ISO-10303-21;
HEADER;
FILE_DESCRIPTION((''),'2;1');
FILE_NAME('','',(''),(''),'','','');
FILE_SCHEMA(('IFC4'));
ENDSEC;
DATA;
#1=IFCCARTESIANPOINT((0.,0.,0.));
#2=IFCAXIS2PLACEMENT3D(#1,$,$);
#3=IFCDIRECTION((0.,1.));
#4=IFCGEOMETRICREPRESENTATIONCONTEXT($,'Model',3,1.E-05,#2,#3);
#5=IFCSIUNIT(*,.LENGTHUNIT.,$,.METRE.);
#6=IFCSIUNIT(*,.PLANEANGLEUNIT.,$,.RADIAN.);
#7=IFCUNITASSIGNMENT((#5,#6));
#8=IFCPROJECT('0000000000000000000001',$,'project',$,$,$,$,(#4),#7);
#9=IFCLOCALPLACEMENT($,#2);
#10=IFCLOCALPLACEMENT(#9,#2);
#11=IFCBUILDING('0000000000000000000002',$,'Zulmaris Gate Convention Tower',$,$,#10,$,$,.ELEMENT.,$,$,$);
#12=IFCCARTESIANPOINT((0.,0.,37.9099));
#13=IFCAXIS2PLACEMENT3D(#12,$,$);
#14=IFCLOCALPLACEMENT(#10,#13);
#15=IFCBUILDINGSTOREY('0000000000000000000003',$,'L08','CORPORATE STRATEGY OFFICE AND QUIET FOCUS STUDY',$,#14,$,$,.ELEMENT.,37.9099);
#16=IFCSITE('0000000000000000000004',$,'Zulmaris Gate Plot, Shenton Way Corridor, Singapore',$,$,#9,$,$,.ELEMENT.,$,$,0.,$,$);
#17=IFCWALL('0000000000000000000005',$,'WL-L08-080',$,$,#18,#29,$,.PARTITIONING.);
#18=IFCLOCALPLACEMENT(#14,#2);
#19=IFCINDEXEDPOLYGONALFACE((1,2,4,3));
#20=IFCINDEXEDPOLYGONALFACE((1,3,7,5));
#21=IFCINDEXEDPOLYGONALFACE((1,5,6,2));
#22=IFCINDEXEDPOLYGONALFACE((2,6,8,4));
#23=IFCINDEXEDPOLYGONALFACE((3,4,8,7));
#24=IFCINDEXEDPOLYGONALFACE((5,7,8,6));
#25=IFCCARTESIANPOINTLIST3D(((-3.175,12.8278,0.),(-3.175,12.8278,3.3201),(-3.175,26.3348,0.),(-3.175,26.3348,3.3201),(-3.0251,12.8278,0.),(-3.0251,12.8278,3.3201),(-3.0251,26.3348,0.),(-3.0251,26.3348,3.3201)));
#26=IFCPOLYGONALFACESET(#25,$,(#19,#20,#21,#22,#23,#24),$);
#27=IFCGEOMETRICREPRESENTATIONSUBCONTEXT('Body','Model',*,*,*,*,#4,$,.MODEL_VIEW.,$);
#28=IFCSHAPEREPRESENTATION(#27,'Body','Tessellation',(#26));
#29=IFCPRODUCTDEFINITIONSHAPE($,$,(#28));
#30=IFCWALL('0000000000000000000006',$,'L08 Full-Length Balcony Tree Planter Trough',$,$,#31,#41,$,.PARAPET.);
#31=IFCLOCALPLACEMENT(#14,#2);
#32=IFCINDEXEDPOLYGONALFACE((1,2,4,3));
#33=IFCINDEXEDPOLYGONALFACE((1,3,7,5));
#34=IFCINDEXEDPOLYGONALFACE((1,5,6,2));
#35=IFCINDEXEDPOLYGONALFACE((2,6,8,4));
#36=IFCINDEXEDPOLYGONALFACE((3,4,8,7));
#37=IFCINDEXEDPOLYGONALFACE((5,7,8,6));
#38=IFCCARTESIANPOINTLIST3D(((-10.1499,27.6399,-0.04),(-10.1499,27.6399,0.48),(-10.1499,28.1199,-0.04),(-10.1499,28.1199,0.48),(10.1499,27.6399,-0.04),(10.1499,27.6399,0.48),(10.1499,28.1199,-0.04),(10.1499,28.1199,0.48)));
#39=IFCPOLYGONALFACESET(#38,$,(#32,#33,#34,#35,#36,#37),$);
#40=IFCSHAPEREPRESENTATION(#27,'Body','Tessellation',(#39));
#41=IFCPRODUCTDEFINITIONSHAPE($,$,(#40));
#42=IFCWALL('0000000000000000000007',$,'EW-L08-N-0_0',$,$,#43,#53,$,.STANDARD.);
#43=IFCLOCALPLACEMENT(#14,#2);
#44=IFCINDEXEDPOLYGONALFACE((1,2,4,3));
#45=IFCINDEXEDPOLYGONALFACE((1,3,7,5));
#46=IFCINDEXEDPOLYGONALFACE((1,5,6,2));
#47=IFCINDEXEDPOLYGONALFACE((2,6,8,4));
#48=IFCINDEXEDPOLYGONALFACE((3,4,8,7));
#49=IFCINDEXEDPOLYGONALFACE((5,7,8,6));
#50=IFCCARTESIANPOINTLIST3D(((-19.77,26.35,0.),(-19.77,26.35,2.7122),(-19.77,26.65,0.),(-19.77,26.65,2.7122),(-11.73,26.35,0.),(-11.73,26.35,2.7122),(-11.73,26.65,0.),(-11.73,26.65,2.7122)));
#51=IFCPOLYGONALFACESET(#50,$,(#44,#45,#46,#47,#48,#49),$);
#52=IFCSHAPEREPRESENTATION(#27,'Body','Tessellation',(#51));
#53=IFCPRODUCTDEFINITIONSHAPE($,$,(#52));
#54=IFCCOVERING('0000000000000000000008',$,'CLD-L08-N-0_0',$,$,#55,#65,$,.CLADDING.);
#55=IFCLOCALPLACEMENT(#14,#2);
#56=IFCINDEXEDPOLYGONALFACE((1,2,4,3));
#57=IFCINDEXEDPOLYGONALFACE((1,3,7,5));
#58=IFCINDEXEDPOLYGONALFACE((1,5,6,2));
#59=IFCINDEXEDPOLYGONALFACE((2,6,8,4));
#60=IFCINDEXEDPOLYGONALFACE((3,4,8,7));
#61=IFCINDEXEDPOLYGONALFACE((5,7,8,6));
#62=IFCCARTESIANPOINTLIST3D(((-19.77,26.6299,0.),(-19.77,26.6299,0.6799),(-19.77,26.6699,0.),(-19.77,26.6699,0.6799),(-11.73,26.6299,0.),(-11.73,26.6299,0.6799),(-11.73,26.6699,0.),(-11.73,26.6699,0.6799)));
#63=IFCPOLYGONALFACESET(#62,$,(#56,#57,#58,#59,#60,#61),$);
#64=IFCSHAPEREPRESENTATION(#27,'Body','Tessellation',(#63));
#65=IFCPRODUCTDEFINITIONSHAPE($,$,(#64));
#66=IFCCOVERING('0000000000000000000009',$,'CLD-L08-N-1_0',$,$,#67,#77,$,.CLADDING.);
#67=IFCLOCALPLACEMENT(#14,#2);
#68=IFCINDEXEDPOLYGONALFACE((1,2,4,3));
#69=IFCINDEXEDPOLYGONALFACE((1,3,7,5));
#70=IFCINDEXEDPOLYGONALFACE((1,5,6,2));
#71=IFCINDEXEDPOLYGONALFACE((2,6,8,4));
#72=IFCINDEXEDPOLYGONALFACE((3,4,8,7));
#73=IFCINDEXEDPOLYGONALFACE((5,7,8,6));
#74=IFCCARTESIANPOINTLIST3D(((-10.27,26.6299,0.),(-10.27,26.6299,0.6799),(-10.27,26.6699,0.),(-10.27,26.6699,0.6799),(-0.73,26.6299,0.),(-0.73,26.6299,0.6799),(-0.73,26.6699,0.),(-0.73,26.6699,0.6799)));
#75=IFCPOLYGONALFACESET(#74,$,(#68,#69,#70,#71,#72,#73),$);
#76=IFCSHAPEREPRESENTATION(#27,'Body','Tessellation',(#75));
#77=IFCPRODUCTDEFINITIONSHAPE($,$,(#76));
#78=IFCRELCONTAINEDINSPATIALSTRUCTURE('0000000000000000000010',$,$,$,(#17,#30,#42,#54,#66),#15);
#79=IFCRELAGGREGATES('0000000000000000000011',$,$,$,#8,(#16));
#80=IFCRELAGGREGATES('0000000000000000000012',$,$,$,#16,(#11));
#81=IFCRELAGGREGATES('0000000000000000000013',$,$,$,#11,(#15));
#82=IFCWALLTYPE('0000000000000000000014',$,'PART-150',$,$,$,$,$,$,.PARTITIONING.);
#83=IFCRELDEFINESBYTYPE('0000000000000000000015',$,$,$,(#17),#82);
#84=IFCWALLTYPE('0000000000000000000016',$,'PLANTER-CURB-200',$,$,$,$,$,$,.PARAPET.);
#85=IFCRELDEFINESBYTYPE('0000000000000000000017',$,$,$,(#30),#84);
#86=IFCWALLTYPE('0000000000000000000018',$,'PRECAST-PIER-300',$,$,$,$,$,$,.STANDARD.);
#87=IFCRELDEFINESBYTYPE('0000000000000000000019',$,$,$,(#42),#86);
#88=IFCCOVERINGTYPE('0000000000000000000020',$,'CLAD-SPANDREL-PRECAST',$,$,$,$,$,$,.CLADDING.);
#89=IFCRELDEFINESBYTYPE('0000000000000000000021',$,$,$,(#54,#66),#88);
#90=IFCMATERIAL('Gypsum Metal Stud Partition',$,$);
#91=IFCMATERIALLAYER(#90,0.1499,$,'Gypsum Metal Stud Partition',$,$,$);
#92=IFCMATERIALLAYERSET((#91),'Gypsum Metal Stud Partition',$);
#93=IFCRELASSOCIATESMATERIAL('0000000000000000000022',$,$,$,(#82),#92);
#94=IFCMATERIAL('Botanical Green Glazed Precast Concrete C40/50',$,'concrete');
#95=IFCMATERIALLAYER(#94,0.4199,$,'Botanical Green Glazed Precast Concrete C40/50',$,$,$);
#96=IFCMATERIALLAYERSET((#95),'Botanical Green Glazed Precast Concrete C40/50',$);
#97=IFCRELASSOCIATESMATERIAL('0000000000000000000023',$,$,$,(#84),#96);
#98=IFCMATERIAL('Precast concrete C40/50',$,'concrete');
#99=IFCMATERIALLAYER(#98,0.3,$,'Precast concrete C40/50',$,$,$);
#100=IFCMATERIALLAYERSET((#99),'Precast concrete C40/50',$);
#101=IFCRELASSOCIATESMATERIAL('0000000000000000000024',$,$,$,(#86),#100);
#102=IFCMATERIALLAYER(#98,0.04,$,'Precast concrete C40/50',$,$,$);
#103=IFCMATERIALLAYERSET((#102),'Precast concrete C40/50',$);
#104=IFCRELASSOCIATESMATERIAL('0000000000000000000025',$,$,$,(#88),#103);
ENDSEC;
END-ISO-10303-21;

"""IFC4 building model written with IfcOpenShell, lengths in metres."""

from ifc_helpers import new_model, si_unit, direction, frame, frame_2d, origin, place, context, subcontext, project, spatial, rectangle, extrude, material, layer, layer_set, type_object, element, save


model = new_model("IFC4")

# Units and contexts
model_context = context("Model", 3, precision=1e-05, world=origin(), true_north=direction((0.0, 1.0)))
body_context = subcontext(model_context, "Body", "Model", "MODEL_VIEW")
ifc_project = project(units=[si_unit("LENGTHUNIT", "METRE"), si_unit("PLANEANGLEUNIT", "RADIAN")], contexts=[model_context])

# Site, building, storey
site_placement = place(None, origin())
site = spatial("IfcSite", under=ifc_project, at=site_placement, Name="Zulmaris Gate Plot, Shenton Way Corridor, Singapore", CompositionType="ELEMENT", RefElevation=0.0)
building_placement = place(site_placement, origin())
building = spatial("IfcBuilding", under=site, at=building_placement, Name="Zulmaris Gate Convention Tower", CompositionType="ELEMENT")
storey_placement = place(building_placement, frame((0.0, 0.0, 37.9099)))
storey = spatial("IfcBuildingStorey", under=building, at=storey_placement, Name="L08", Description="CORPORATE STRATEGY OFFICE AND QUIET FOCUS STUDY", CompositionType="ELEMENT", Elevation=37.9099)

# Shared definitions
ifc_material_1 = material(Name="Gypsum Metal Stud Partition")
ifc_layer_1 = layer(ifc_material_1, 0.1499, Name="Gypsum Metal Stud Partition")
ifc_layer_set_1 = layer_set([ifc_layer_1], Name="Gypsum Metal Stud Partition")
wall_type_1 = type_object("IfcWallType", Name="PART-150", PredefinedType="PARTITIONING", material=ifc_layer_set_1)

# Walls
for number, where, z_axis, x_axis, name in (
    (1, (-3.1001, 12.8279, 0.0), (0.0, 0.0, 1.0), (0.0, 1.0, 0.0), "WL-L08-080"),
):
    element("IfcWall", number, at=place(storey_placement, frame(where, z_axis=z_axis, x_axis=x_axis)), inside=storey, type_object=wall_type_1, Name=name, PredefinedType="PARTITIONING", context=body_context, shape_type="SweptSolid", body=[
        extrude(rectangle(XDim=13.5071, YDim=0.1499, at=frame_2d((6.7534, 0.0))), origin(), (0.0, 0.0, 1.0), 3.3201),
    ])
ifc_material_2 = material(Name="Botanical Green Glazed Precast Concrete C40/50", Category="concrete")
ifc_layer_2 = layer(ifc_material_2, 0.4199, Name="Botanical Green Glazed Precast Concrete C40/50")
ifc_layer_set_2 = layer_set([ifc_layer_2], Name="Botanical Green Glazed Precast Concrete C40/50")
wall_type_2 = type_object("IfcWallType", Name="PLANTER-CURB-200", PredefinedType="PARAPET", material=ifc_layer_set_2)
wall_1_placement = place(storey_placement, frame((-10.1499, 27.8799, -0.04), z_axis=(0.0, 0.0, 1.0), x_axis=(1.0, 0.0, 0.0)))
element("IfcWall", 2, at=wall_1_placement, inside=storey, type_object=wall_type_2, Name="L08 Full-Length Balcony Tree Planter Trough", PredefinedType="PARAPET", context=body_context, shape_type="SweptSolid", body=[
    extrude(rectangle(XDim=20.2998, YDim=0.48, at=frame_2d((10.1499, 0.0))), origin(), (0.0, 0.0, 1.0), 0.52),
])
ifc_material_3 = material(Name="Precast concrete C40/50", Category="concrete")
ifc_layer_3 = layer(ifc_material_3, 0.3, Name="Precast concrete C40/50")
ifc_layer_set_3 = layer_set([ifc_layer_3], Name="Precast concrete C40/50")
wall_type_3 = type_object("IfcWallType", Name="PRECAST-PIER-300", PredefinedType="STANDARD", material=ifc_layer_set_3)
wall_2_placement = place(storey_placement, frame((-11.73, 26.5, 0.0), z_axis=(0.0, 0.0, 1.0), x_axis=(-1.0, 0.0, 0.0)))
element("IfcWall", 3, at=wall_2_placement, inside=storey, type_object=wall_type_3, Name="EW-L08-N-0_0", PredefinedType="STANDARD", context=body_context, shape_type="SweptSolid", body=[
    extrude(rectangle(XDim=8.04, YDim=0.3, at=frame_2d((4.02, 0.0))), origin(), (0.0, 0.0, 1.0), 2.7122),
])

# Coverings
ifc_layer_4 = layer(ifc_material_3, 0.04, Name="Precast concrete C40/50")
ifc_layer_set_4 = layer_set([ifc_layer_4], Name="Precast concrete C40/50")
covering_type = type_object("IfcCoveringType", Name="CLAD-SPANDREL-PRECAST", PredefinedType="CLADDING", material=ifc_layer_set_4)
covering_1_placement = place(storey_placement, frame((-11.73, 26.6499, 0.0), z_axis=(0.0, 0.0, 1.0), x_axis=(-1.0, 0.0, 0.0)))
element("IfcCovering", 4, at=covering_1_placement, inside=storey, type_object=covering_type, Name="CLD-L08-N-0_0", PredefinedType="CLADDING", context=body_context, shape_type="SweptSolid", body=[
    extrude(rectangle(XDim=8.04, YDim=0.04, at=frame_2d((4.02, 0.0))), origin(), (0.0, 0.0, 1.0), 0.6799),
])
covering_2_placement = place(storey_placement, frame((-0.73, 26.6499, 0.0), z_axis=(0.0, 0.0, 1.0), x_axis=(-1.0, 0.0, 0.0)))
element("IfcCovering", 5, at=covering_2_placement, inside=storey, type_object=covering_type, Name="CLD-L08-N-1_0", PredefinedType="CLADDING", context=body_context, shape_type="SweptSolid", body=[
    extrude(rectangle(XDim=9.54, YDim=0.04, at=frame_2d((4.77, 0.0))), origin(), (0.0, 0.0, 1.0), 0.6799),
])

save(model, "model.ifc")
